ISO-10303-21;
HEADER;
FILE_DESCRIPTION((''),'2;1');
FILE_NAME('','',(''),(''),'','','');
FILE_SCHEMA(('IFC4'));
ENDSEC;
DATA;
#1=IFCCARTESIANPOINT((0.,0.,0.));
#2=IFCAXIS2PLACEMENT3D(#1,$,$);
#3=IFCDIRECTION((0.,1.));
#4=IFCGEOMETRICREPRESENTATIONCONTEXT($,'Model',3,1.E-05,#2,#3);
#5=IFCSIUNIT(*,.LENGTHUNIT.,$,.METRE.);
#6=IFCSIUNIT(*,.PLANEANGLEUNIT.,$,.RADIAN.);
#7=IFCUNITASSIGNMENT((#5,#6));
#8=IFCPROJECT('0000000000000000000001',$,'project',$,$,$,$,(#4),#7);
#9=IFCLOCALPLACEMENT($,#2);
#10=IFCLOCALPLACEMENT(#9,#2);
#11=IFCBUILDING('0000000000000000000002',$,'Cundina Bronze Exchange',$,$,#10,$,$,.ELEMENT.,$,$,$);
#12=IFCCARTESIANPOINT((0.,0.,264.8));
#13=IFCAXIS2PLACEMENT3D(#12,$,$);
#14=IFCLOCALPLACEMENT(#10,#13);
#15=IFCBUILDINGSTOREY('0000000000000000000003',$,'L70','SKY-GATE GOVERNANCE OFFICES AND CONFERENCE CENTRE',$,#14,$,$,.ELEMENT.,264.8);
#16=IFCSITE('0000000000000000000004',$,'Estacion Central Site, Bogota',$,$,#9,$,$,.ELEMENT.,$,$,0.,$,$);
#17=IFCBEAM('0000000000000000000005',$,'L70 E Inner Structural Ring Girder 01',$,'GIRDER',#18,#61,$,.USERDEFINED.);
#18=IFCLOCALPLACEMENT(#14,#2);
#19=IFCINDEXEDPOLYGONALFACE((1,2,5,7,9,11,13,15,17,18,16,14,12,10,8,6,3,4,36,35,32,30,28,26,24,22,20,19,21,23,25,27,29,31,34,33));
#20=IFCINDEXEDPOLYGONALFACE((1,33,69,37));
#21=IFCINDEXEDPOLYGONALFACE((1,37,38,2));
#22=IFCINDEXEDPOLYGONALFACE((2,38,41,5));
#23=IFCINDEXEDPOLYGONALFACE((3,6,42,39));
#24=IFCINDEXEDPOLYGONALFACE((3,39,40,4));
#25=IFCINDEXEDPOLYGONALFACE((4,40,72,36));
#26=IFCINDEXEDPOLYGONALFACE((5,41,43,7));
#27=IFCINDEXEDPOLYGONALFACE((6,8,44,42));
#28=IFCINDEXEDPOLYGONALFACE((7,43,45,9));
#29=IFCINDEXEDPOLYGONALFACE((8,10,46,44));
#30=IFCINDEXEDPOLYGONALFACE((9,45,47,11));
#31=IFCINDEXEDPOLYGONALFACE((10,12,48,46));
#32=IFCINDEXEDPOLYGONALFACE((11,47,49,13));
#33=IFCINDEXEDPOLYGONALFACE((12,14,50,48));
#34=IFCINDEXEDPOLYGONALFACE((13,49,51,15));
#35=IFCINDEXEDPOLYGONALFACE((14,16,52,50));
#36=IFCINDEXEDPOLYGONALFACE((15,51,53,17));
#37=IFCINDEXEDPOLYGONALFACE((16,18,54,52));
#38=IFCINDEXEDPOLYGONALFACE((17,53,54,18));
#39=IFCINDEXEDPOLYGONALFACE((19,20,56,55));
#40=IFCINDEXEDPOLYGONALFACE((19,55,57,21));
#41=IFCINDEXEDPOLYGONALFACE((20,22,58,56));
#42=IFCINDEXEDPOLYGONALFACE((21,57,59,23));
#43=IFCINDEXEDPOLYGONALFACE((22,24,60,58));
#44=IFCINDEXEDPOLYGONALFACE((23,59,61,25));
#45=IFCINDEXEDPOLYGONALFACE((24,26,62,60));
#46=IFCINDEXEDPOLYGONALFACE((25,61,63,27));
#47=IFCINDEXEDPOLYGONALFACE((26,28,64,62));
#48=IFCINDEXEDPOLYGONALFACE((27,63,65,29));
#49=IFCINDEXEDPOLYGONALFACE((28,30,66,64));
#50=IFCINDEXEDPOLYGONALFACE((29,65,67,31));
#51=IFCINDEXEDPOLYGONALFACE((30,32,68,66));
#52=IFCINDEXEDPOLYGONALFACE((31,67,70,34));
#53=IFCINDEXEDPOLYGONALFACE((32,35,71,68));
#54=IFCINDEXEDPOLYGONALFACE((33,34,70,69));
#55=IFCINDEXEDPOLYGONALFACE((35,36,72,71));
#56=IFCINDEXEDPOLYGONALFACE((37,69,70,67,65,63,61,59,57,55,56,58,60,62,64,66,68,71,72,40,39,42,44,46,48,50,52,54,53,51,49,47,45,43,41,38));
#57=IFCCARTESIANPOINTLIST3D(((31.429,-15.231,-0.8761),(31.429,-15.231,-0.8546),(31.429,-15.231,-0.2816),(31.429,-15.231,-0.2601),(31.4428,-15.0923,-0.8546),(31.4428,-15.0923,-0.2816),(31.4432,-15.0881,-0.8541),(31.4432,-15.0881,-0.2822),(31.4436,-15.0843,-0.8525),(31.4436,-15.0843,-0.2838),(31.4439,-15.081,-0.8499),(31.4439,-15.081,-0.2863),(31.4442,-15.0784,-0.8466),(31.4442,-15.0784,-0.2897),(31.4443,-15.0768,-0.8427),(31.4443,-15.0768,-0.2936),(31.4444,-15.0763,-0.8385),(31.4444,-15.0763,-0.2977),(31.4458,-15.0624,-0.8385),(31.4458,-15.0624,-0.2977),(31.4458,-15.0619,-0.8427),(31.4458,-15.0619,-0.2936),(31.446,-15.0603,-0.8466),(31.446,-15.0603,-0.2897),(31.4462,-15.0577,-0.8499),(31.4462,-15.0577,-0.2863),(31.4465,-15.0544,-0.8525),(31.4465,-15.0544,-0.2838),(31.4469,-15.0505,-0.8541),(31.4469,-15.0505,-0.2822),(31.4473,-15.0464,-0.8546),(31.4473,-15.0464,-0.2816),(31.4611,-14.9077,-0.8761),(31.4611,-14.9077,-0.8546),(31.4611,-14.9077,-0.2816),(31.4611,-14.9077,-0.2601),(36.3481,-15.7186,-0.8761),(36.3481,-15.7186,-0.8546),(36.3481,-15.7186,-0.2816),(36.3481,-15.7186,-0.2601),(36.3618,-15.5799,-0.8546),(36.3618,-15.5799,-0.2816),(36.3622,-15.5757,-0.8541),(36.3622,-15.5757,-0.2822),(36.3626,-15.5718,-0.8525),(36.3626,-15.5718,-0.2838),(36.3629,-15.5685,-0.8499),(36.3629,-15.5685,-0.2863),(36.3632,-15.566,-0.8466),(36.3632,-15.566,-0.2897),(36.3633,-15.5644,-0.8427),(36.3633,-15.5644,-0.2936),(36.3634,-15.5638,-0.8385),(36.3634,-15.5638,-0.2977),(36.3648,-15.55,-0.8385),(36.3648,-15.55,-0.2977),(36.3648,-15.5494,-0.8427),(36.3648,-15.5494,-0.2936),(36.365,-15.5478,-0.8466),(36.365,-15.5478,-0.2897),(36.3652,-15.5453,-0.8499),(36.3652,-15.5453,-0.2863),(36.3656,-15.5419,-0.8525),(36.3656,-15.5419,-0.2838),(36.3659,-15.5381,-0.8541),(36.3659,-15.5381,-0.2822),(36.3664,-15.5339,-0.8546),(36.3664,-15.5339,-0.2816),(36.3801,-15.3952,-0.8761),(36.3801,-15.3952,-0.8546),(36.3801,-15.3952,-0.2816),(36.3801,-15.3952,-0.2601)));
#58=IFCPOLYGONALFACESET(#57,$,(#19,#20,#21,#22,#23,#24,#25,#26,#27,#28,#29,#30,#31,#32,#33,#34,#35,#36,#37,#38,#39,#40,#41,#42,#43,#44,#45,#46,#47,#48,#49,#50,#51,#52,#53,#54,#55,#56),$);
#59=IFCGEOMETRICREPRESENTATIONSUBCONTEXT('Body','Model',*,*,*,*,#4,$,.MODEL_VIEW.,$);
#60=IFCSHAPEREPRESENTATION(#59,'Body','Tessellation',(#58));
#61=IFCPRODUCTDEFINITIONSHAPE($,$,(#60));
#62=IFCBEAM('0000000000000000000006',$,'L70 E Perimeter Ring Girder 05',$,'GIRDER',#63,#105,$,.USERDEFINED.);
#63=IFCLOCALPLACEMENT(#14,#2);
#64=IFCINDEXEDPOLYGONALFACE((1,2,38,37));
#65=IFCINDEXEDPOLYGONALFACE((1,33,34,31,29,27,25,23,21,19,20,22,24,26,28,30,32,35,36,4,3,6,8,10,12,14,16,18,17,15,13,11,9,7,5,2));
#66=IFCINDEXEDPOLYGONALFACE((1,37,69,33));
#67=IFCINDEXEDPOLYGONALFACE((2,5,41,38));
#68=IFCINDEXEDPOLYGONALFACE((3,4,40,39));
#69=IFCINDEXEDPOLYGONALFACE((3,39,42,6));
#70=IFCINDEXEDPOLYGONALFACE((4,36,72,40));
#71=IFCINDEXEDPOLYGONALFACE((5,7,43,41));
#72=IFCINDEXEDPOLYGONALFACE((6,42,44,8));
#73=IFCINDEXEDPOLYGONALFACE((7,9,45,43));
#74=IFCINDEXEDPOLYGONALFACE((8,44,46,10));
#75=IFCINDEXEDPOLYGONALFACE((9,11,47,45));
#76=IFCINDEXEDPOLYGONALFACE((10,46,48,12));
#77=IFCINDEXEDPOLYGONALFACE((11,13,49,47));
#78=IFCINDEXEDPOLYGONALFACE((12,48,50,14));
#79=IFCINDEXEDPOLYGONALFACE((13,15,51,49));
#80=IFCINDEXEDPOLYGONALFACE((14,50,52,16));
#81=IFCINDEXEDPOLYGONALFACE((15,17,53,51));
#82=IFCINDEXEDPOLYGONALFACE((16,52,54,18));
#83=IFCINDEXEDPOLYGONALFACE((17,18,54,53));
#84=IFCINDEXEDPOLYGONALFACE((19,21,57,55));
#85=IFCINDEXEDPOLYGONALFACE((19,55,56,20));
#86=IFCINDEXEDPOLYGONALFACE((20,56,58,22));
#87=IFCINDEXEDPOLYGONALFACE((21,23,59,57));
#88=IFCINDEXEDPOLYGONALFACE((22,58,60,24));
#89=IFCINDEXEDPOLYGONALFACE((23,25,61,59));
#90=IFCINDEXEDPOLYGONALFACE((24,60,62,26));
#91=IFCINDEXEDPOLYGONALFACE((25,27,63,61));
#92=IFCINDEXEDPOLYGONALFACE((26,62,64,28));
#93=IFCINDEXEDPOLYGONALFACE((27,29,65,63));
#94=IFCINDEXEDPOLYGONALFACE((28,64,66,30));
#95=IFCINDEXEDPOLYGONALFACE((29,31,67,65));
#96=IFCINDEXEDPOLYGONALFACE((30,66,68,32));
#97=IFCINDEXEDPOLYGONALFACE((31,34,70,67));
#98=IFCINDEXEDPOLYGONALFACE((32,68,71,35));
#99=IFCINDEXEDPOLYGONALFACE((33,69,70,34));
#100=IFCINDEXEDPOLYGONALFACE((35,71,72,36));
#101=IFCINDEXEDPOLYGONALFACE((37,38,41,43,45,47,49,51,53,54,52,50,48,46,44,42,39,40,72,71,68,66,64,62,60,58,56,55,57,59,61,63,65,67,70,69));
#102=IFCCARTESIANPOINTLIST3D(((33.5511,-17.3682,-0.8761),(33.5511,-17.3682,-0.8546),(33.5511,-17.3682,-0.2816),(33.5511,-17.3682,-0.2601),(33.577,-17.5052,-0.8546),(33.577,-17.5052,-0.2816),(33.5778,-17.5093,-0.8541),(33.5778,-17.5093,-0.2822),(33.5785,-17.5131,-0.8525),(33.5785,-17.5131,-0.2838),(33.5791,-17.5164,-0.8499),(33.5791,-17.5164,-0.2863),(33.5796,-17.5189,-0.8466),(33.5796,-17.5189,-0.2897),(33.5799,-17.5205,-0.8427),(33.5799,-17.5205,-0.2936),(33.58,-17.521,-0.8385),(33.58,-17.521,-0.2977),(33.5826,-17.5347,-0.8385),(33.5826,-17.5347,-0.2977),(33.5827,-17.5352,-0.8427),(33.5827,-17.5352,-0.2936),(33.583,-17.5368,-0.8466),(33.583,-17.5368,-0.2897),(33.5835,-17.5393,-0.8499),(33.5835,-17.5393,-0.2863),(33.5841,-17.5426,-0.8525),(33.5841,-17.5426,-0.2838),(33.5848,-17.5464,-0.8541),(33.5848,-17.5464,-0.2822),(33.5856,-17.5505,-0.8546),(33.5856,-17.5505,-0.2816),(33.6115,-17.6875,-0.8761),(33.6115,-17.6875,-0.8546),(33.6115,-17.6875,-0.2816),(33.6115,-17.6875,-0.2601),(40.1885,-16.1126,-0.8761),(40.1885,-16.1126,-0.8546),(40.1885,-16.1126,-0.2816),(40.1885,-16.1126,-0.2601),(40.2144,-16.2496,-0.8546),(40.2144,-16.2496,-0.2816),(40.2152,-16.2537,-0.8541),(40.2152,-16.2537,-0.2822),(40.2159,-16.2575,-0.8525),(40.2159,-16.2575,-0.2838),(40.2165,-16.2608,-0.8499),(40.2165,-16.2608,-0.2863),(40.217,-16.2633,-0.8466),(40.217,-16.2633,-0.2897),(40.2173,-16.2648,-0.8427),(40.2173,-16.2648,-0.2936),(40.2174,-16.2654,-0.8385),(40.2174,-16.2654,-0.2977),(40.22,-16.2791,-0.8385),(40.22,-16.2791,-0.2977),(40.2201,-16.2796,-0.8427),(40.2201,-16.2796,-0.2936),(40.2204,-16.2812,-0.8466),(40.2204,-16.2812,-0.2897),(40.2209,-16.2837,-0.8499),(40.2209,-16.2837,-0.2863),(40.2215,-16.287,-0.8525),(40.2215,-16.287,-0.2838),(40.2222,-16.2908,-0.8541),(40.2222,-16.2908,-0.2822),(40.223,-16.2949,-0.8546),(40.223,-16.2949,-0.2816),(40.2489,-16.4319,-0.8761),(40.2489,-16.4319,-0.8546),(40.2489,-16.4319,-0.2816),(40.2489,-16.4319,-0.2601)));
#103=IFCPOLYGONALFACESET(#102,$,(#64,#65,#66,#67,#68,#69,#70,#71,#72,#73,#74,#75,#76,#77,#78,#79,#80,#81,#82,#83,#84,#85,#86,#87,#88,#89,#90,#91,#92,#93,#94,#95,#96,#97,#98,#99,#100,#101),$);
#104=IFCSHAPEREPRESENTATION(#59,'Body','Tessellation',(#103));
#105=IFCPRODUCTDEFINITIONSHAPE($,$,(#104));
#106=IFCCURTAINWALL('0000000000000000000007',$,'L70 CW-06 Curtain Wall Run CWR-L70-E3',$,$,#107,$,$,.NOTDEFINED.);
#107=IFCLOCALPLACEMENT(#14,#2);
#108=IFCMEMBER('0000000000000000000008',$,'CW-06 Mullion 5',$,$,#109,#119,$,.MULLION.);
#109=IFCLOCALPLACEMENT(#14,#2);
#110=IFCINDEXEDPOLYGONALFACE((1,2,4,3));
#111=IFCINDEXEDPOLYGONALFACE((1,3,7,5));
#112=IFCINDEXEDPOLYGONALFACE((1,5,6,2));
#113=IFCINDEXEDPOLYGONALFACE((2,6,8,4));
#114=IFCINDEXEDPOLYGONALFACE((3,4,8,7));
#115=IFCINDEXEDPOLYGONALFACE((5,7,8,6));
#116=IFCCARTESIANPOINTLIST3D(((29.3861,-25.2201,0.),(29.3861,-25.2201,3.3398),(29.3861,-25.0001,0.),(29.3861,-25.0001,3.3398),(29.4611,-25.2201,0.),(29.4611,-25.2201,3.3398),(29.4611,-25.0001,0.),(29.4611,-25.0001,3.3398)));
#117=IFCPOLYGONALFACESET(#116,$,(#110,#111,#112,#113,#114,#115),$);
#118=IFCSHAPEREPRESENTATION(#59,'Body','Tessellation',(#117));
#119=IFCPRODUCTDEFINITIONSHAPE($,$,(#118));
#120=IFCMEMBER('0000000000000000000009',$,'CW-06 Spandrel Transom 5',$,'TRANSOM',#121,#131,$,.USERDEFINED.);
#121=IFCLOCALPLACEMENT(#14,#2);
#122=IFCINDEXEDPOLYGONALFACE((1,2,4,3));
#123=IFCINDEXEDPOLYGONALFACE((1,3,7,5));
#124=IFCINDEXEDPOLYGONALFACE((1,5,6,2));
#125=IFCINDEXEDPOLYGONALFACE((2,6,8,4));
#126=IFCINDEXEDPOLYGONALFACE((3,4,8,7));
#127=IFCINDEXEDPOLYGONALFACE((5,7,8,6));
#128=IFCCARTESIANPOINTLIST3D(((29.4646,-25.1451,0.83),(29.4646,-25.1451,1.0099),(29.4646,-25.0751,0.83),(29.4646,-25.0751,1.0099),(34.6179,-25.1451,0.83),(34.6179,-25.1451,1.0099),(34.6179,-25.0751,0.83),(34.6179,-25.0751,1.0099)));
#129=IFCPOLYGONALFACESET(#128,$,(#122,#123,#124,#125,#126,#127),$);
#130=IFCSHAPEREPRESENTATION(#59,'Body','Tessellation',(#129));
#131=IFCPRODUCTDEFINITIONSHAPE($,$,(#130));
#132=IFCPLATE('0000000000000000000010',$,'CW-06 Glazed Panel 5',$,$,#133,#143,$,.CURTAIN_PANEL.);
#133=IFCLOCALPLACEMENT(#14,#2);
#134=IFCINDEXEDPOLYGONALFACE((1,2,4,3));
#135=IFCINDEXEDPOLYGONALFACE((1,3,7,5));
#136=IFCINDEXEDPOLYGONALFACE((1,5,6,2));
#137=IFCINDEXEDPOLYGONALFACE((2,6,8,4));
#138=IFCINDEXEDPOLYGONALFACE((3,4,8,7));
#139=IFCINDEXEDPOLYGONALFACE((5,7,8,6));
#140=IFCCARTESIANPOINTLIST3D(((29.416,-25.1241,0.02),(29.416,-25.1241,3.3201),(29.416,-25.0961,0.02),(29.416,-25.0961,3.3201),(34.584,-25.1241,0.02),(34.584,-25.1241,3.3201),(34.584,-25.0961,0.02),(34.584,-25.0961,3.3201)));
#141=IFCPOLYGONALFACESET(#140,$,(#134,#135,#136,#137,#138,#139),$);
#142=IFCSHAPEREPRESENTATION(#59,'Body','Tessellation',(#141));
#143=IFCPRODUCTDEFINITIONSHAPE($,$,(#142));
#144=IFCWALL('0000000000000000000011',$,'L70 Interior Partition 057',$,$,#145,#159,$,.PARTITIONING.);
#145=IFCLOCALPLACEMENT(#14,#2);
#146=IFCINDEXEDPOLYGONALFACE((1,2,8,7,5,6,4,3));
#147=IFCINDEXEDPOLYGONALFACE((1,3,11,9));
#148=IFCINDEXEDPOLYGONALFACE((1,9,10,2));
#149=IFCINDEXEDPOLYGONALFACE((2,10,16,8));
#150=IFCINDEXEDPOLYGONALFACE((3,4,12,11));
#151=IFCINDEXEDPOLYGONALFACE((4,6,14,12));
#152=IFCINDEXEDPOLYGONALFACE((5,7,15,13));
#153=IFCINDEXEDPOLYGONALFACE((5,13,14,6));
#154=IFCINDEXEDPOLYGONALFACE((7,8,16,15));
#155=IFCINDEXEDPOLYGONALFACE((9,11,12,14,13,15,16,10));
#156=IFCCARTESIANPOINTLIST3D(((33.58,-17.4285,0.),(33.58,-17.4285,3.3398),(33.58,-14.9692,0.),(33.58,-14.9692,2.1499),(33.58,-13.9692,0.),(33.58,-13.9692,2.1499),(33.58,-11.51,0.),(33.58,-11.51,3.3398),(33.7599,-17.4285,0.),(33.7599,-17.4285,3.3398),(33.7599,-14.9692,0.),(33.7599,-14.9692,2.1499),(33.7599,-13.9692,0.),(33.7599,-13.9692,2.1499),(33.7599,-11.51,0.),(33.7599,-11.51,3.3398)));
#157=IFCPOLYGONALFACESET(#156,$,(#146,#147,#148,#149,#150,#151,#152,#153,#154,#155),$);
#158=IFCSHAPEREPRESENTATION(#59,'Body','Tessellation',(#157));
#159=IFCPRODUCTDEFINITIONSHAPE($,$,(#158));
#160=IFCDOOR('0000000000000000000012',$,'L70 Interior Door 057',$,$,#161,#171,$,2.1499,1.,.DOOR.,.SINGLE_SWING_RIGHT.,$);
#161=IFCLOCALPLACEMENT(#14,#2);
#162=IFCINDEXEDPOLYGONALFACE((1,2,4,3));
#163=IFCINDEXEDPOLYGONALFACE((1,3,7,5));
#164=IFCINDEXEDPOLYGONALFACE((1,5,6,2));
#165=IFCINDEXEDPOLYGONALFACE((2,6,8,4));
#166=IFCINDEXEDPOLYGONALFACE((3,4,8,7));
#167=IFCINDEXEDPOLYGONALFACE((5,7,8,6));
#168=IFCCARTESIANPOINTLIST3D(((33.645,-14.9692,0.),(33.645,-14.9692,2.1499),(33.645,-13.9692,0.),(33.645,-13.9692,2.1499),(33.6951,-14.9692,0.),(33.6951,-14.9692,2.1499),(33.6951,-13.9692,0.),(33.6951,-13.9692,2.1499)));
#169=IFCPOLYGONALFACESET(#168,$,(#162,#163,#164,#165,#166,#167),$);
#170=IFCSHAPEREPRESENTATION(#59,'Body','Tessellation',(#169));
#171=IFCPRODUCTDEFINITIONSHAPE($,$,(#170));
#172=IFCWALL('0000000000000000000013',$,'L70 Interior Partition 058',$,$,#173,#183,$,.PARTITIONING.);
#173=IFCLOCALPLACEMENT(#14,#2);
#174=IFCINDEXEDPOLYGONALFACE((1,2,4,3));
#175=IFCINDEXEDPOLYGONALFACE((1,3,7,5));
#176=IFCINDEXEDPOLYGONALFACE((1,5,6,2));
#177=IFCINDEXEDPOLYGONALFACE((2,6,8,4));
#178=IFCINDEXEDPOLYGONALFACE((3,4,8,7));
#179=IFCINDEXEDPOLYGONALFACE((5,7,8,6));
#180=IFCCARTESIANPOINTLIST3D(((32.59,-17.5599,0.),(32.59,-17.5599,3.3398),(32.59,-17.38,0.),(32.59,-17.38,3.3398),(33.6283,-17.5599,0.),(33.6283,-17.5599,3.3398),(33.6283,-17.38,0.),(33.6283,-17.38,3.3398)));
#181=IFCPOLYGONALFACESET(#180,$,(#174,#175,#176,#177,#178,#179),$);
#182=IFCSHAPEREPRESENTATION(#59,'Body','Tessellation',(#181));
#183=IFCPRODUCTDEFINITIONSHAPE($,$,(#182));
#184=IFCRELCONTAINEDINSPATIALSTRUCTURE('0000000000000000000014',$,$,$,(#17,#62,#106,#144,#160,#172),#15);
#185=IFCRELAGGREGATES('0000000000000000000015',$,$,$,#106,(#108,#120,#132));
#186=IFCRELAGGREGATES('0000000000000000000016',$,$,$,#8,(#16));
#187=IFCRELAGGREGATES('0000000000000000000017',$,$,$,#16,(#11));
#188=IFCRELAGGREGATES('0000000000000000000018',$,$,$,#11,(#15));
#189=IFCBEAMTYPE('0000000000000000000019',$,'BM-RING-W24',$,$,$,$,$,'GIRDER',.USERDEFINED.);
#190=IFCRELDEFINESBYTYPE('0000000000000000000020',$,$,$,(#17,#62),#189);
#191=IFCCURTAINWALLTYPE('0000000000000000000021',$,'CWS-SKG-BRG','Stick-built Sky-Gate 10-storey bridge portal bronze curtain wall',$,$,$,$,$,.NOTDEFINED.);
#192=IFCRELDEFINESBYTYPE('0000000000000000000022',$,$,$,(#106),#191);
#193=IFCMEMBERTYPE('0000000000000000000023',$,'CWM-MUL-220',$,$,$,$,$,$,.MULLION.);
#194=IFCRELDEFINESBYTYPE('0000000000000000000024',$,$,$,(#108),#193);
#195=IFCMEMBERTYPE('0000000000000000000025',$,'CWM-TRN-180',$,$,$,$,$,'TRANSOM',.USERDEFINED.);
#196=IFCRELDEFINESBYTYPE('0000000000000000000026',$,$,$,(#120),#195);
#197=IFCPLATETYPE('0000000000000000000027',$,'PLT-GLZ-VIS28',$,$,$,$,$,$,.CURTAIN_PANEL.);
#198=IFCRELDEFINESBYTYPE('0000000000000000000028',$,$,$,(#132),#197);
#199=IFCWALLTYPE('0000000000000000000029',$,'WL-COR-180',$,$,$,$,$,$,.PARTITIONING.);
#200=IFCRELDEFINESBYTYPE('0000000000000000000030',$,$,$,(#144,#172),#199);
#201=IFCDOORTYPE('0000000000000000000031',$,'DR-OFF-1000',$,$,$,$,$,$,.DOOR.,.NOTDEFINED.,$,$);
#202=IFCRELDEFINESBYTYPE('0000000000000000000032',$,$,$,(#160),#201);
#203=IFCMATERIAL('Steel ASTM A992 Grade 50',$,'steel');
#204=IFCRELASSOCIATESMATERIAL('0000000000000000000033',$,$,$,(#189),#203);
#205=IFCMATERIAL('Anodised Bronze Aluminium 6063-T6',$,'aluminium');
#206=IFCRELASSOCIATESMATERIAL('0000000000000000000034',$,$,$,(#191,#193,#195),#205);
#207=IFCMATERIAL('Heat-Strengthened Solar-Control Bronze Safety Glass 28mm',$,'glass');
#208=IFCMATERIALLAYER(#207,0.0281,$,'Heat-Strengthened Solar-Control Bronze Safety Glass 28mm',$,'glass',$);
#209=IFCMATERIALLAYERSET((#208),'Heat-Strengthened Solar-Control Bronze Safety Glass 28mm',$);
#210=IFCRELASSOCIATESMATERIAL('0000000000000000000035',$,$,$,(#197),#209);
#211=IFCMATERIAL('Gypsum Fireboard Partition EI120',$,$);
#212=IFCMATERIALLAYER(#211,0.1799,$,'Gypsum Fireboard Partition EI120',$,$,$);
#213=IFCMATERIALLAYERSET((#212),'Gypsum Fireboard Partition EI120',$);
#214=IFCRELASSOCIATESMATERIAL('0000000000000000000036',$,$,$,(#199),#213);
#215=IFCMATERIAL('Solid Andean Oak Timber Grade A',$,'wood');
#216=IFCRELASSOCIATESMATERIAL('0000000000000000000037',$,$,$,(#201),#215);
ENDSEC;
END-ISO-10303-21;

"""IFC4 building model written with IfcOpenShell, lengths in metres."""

from ifc_helpers import new_model, si_unit, direction, frame, frame_2d, origin, origin_2d, place, context, subcontext, project, spatial, rectangle, i_section, extrude, material, layer, layer_set, material_profile, profile_set, type_object, element, fill, aggregate, save


model = new_model("IFC4")

# Units and contexts
model_context = context("Model", 3, precision=1e-05, world=origin(), true_north=direction((0.0, 1.0)))
body_context = subcontext(model_context, "Body", "Model", "MODEL_VIEW")
ifc_project = project(units=[si_unit("LENGTHUNIT", "METRE"), si_unit("PLANEANGLEUNIT", "RADIAN")], contexts=[model_context])

# Site, building, storey
site_placement = place(None, origin())
site = spatial("IfcSite", under=ifc_project, at=site_placement, Name="Estacion Central Site, Bogota", CompositionType="ELEMENT", RefElevation=0.0)
building_placement = place(site_placement, origin())
building = spatial("IfcBuilding", under=site, at=building_placement, Name="Cundina Bronze Exchange", CompositionType="ELEMENT")
storey_placement = place(building_placement, frame((0.0, 0.0, 264.8)))
storey = spatial("IfcBuildingStorey", under=building, at=storey_placement, Name="L70", Description="SKY-GATE GOVERNANCE OFFICES AND CONFERENCE CENTRE", CompositionType="ELEMENT", Elevation=264.8)

# Shared definitions
ifc_material_1 = material(Name="Steel ASTM A992 Grade 50", Category="steel")

# Beams
ifc_material_profile_1 = material_profile(ifc_material_1, i_section(OverallWidth=0.325, OverallDepth=0.616, WebThickness=0.0139, FlangeThickness=0.0215, FilletRadius=0.0161, at=origin_2d()), Name="W24X117", Category="steel")
ifc_profile_set_1 = profile_set([ifc_material_profile_1], Name="Steel ASTM A992 Grade 50")
beam_type_1 = type_object("IfcBeamType", Name="BM-RING-W24", ElementType="GIRDER", PredefinedType="USERDEFINED", material=ifc_profile_set_1)
beam_1_placement = place(storey_placement, frame((31.4451, -15.0693, -0.5681), z_axis=(0.995124, -0.098633, 0.0), x_axis=(0.098633, 0.995124, 0.0)))
element("IfcBeam", 1, at=beam_1_placement, inside=storey, type_object=beam_type_1, Name="L70 E Inner Structural Ring Girder 01", ObjectType="GIRDER", PredefinedType="USERDEFINED", context=body_context, shape_type="SweptSolid", body=[
    extrude(i_section(OverallWidth=0.325, OverallDepth=0.616, WebThickness=0.0139, FlangeThickness=0.0215, FilletRadius=0.0161, at=origin_2d()), origin(), (0.0, 0.0, 1.0), 4.9431),
])
beam_2_placement = place(storey_placement, frame((33.5813, -17.5278, -0.5681), z_axis=(0.982573, 0.185875, 0.0), x_axis=(-0.185875, 0.982573, 0.0)))
element("IfcBeam", 2, at=beam_2_placement, inside=storey, type_object=beam_type_1, Name="L70 E Perimeter Ring Girder 05", ObjectType="GIRDER", PredefinedType="USERDEFINED", context=body_context, shape_type="SweptSolid", body=[
    extrude(i_section(OverallWidth=0.325, OverallDepth=0.616, WebThickness=0.0139, FlangeThickness=0.0215, FilletRadius=0.0161, at=origin_2d()), origin(), (0.0, 0.0, 1.0), 6.7551),
])

# Curtain wall, members, plate
ifc_material_2 = material(Name="Anodised Bronze Aluminium 6063-T6", Category="aluminium")
curtain_wall_type = type_object("IfcCurtainWallType", Name="CWS-SKG-BRG", Description="Stick-built Sky-Gate 10-storey bridge portal bronze curtain wall", PredefinedType="NOTDEFINED", material=ifc_material_2)
curtain_wall_placement = place(storey_placement, origin())
curtain_wall = element("IfcCurtainWall", 3, at=curtain_wall_placement, inside=storey, type_object=curtain_wall_type, Name="L70 CW-06 Curtain Wall Run CWR-L70-E3", PredefinedType="NOTDEFINED")
ifc_material_profile_2 = material_profile(ifc_material_2, rectangle(XDim=0.075, YDim=0.22, at=origin_2d()), Name="AL75X220", Category="aluminium")
ifc_profile_set_2 = profile_set([ifc_material_profile_2], Name="Anodised Bronze Aluminium 6063-T6")
member_type_1 = type_object("IfcMemberType", Name="CWM-MUL-220", PredefinedType="MULLION", material=ifc_profile_set_2)
member_1_placement = place(storey_placement, frame((29.4236, -25.1101, 0.0), z_axis=(0.0, 0.0, 1.0), x_axis=(1.0, 0.0, 0.0)))
member_1 = element("IfcMember", 4, at=member_1_placement, type_object=member_type_1, Name="CW-06 Mullion 5", PredefinedType="MULLION", context=body_context, shape_type="SweptSolid", body=[
    extrude(rectangle(XDim=0.075, YDim=0.22, at=origin_2d()), origin(), (0.0, 0.0, 1.0), 3.3398),
])
ifc_material_profile_3 = material_profile(ifc_material_2, rectangle(XDim=0.0701, YDim=0.1799, at=origin_2d()), Name="AL70X180", Category="aluminium")
ifc_profile_set_3 = profile_set([ifc_material_profile_3], Name="Anodised Bronze Aluminium 6063-T6")
member_type_2 = type_object("IfcMemberType", Name="CWM-TRN-180", ElementType="TRANSOM", PredefinedType="USERDEFINED", material=ifc_profile_set_3)
member_2_placement = place(storey_placement, frame((29.4646, -25.1101, 0.9199), z_axis=(1.0, 0.0, 0.0), x_axis=(0.0, 1.0, 0.0)))
member_2 = element("IfcMember", 5, at=member_2_placement, type_object=member_type_2, Name="CW-06 Spandrel Transom 5", ObjectType="TRANSOM", PredefinedType="USERDEFINED", context=body_context, shape_type="SweptSolid", body=[
    extrude(rectangle(XDim=0.0701, YDim=0.1799, at=origin_2d()), origin(), (0.0, 0.0, 1.0), 5.1533),
])
ifc_material_3 = material(Name="Heat-Strengthened Solar-Control Bronze Safety Glass 28mm", Category="glass")
ifc_layer_1 = layer(ifc_material_3, 0.0281, Name="Heat-Strengthened Solar-Control Bronze Safety Glass 28mm", Category="glass")
ifc_layer_set_1 = layer_set([ifc_layer_1], Name="Heat-Strengthened Solar-Control Bronze Safety Glass 28mm")
plate_type = type_object("IfcPlateType", Name="PLT-GLZ-VIS28", PredefinedType="CURTAIN_PANEL", material=ifc_layer_set_1)
plate_placement = place(storey_placement, frame((32.0, -25.1101, 0.02), z_axis=(0.0, 0.0, 1.0), x_axis=(1.0, 0.0, 0.0)))
plate = element("IfcPlate", 6, at=plate_placement, type_object=plate_type, Name="CW-06 Glazed Panel 5", PredefinedType="CURTAIN_PANEL", context=body_context, shape_type="SweptSolid", body=[
    extrude(rectangle(XDim=5.168, YDim=0.0281, at=origin_2d()), origin(), (0.0, 0.0, 1.0), 3.3),
])
aggregate(curtain_wall, [member_1, member_2, plate])

# Wall, opening, door
ifc_material_4 = material(Name="Gypsum Fireboard Partition EI120")
ifc_layer_2 = layer(ifc_material_4, 0.1799, Name="Gypsum Fireboard Partition EI120")
ifc_layer_set_2 = layer_set([ifc_layer_2], Name="Gypsum Fireboard Partition EI120")
wall_type_1 = type_object("IfcWallType", Name="WL-COR-180", PredefinedType="PARTITIONING", material=ifc_layer_set_2)
wall_1_placement = place(storey_placement, frame((33.6699, -17.4285, 0.0), z_axis=(0.0, 0.0, 1.0), x_axis=(0.0, 1.0, 0.0)))
wall_1 = element("IfcWall", 7, at=wall_1_placement, inside=storey, type_object=wall_type_1, Name="L70 Interior Partition 057", PredefinedType="PARTITIONING", context=body_context, shape_type="SweptSolid", body=[
    extrude(rectangle(XDim=5.9185, YDim=0.1799, at=frame_2d((2.9592, 0.0))), origin(), (0.0, 0.0, 1.0), 3.3398),
])
opening_1_placement = place(wall_1_placement, frame((2.4592, 0.0, 0.0)))
opening_1 = element("IfcOpeningElement", 8, at=opening_1_placement, cuts=wall_1, PredefinedType="OPENING", context=body_context, shape_type="SweptSolid", body=[
    extrude(rectangle(XDim=1.0, YDim=2.1499, at=frame_2d((0.5, 1.075))), frame((0.0, 0.0999, 0.0), z_axis=(0.0, -1.0, 0.0), x_axis=(1.0, 0.0, 0.0)), (0.0, 0.0, 1.0), 0.2),
])
ifc_material_5 = material(Name="Solid Andean Oak Timber Grade A", Category="wood")
door_type_1 = type_object("IfcDoorType", Name="DR-OFF-1000", OperationType="NOTDEFINED", PredefinedType="DOOR", material=ifc_material_5)
door_1_placement = place(opening_1_placement, origin())
door_1 = element("IfcDoor", 9, at=door_1_placement, inside=storey, type_object=door_type_1, Name="L70 Interior Door 057", OperationType="SINGLE_SWING_RIGHT", OverallHeight=2.1499, OverallWidth=1.0, PredefinedType="DOOR", context=body_context, shape_type="SweptSolid", body=[
    extrude(rectangle(XDim=1.0, YDim=2.1499, at=frame_2d((0.5, 1.075))), frame((0.0, 0.0249, 0.0), z_axis=(0.0, -1.0, 0.0), x_axis=(1.0, 0.0, 0.0)), (0.0, 0.0, 1.0), 0.05),
])
fill(opening_1, door_1)

# Wall
wall_2_placement = place(storey_placement, frame((32.5901, -17.47, 0.0), z_axis=(0.0, 0.0, 1.0), x_axis=(1.0, 0.0, 0.0)))
element("IfcWall", 10, at=wall_2_placement, inside=storey, type_object=wall_type_1, Name="L70 Interior Partition 058", PredefinedType="PARTITIONING", context=body_context, shape_type="SweptSolid", body=[
    extrude(rectangle(XDim=1.0383, YDim=0.1799, at=frame_2d((0.519, 0.0))), origin(), (0.0, 0.0, 1.0), 3.3398),
])

save(model, "model.ifc")
